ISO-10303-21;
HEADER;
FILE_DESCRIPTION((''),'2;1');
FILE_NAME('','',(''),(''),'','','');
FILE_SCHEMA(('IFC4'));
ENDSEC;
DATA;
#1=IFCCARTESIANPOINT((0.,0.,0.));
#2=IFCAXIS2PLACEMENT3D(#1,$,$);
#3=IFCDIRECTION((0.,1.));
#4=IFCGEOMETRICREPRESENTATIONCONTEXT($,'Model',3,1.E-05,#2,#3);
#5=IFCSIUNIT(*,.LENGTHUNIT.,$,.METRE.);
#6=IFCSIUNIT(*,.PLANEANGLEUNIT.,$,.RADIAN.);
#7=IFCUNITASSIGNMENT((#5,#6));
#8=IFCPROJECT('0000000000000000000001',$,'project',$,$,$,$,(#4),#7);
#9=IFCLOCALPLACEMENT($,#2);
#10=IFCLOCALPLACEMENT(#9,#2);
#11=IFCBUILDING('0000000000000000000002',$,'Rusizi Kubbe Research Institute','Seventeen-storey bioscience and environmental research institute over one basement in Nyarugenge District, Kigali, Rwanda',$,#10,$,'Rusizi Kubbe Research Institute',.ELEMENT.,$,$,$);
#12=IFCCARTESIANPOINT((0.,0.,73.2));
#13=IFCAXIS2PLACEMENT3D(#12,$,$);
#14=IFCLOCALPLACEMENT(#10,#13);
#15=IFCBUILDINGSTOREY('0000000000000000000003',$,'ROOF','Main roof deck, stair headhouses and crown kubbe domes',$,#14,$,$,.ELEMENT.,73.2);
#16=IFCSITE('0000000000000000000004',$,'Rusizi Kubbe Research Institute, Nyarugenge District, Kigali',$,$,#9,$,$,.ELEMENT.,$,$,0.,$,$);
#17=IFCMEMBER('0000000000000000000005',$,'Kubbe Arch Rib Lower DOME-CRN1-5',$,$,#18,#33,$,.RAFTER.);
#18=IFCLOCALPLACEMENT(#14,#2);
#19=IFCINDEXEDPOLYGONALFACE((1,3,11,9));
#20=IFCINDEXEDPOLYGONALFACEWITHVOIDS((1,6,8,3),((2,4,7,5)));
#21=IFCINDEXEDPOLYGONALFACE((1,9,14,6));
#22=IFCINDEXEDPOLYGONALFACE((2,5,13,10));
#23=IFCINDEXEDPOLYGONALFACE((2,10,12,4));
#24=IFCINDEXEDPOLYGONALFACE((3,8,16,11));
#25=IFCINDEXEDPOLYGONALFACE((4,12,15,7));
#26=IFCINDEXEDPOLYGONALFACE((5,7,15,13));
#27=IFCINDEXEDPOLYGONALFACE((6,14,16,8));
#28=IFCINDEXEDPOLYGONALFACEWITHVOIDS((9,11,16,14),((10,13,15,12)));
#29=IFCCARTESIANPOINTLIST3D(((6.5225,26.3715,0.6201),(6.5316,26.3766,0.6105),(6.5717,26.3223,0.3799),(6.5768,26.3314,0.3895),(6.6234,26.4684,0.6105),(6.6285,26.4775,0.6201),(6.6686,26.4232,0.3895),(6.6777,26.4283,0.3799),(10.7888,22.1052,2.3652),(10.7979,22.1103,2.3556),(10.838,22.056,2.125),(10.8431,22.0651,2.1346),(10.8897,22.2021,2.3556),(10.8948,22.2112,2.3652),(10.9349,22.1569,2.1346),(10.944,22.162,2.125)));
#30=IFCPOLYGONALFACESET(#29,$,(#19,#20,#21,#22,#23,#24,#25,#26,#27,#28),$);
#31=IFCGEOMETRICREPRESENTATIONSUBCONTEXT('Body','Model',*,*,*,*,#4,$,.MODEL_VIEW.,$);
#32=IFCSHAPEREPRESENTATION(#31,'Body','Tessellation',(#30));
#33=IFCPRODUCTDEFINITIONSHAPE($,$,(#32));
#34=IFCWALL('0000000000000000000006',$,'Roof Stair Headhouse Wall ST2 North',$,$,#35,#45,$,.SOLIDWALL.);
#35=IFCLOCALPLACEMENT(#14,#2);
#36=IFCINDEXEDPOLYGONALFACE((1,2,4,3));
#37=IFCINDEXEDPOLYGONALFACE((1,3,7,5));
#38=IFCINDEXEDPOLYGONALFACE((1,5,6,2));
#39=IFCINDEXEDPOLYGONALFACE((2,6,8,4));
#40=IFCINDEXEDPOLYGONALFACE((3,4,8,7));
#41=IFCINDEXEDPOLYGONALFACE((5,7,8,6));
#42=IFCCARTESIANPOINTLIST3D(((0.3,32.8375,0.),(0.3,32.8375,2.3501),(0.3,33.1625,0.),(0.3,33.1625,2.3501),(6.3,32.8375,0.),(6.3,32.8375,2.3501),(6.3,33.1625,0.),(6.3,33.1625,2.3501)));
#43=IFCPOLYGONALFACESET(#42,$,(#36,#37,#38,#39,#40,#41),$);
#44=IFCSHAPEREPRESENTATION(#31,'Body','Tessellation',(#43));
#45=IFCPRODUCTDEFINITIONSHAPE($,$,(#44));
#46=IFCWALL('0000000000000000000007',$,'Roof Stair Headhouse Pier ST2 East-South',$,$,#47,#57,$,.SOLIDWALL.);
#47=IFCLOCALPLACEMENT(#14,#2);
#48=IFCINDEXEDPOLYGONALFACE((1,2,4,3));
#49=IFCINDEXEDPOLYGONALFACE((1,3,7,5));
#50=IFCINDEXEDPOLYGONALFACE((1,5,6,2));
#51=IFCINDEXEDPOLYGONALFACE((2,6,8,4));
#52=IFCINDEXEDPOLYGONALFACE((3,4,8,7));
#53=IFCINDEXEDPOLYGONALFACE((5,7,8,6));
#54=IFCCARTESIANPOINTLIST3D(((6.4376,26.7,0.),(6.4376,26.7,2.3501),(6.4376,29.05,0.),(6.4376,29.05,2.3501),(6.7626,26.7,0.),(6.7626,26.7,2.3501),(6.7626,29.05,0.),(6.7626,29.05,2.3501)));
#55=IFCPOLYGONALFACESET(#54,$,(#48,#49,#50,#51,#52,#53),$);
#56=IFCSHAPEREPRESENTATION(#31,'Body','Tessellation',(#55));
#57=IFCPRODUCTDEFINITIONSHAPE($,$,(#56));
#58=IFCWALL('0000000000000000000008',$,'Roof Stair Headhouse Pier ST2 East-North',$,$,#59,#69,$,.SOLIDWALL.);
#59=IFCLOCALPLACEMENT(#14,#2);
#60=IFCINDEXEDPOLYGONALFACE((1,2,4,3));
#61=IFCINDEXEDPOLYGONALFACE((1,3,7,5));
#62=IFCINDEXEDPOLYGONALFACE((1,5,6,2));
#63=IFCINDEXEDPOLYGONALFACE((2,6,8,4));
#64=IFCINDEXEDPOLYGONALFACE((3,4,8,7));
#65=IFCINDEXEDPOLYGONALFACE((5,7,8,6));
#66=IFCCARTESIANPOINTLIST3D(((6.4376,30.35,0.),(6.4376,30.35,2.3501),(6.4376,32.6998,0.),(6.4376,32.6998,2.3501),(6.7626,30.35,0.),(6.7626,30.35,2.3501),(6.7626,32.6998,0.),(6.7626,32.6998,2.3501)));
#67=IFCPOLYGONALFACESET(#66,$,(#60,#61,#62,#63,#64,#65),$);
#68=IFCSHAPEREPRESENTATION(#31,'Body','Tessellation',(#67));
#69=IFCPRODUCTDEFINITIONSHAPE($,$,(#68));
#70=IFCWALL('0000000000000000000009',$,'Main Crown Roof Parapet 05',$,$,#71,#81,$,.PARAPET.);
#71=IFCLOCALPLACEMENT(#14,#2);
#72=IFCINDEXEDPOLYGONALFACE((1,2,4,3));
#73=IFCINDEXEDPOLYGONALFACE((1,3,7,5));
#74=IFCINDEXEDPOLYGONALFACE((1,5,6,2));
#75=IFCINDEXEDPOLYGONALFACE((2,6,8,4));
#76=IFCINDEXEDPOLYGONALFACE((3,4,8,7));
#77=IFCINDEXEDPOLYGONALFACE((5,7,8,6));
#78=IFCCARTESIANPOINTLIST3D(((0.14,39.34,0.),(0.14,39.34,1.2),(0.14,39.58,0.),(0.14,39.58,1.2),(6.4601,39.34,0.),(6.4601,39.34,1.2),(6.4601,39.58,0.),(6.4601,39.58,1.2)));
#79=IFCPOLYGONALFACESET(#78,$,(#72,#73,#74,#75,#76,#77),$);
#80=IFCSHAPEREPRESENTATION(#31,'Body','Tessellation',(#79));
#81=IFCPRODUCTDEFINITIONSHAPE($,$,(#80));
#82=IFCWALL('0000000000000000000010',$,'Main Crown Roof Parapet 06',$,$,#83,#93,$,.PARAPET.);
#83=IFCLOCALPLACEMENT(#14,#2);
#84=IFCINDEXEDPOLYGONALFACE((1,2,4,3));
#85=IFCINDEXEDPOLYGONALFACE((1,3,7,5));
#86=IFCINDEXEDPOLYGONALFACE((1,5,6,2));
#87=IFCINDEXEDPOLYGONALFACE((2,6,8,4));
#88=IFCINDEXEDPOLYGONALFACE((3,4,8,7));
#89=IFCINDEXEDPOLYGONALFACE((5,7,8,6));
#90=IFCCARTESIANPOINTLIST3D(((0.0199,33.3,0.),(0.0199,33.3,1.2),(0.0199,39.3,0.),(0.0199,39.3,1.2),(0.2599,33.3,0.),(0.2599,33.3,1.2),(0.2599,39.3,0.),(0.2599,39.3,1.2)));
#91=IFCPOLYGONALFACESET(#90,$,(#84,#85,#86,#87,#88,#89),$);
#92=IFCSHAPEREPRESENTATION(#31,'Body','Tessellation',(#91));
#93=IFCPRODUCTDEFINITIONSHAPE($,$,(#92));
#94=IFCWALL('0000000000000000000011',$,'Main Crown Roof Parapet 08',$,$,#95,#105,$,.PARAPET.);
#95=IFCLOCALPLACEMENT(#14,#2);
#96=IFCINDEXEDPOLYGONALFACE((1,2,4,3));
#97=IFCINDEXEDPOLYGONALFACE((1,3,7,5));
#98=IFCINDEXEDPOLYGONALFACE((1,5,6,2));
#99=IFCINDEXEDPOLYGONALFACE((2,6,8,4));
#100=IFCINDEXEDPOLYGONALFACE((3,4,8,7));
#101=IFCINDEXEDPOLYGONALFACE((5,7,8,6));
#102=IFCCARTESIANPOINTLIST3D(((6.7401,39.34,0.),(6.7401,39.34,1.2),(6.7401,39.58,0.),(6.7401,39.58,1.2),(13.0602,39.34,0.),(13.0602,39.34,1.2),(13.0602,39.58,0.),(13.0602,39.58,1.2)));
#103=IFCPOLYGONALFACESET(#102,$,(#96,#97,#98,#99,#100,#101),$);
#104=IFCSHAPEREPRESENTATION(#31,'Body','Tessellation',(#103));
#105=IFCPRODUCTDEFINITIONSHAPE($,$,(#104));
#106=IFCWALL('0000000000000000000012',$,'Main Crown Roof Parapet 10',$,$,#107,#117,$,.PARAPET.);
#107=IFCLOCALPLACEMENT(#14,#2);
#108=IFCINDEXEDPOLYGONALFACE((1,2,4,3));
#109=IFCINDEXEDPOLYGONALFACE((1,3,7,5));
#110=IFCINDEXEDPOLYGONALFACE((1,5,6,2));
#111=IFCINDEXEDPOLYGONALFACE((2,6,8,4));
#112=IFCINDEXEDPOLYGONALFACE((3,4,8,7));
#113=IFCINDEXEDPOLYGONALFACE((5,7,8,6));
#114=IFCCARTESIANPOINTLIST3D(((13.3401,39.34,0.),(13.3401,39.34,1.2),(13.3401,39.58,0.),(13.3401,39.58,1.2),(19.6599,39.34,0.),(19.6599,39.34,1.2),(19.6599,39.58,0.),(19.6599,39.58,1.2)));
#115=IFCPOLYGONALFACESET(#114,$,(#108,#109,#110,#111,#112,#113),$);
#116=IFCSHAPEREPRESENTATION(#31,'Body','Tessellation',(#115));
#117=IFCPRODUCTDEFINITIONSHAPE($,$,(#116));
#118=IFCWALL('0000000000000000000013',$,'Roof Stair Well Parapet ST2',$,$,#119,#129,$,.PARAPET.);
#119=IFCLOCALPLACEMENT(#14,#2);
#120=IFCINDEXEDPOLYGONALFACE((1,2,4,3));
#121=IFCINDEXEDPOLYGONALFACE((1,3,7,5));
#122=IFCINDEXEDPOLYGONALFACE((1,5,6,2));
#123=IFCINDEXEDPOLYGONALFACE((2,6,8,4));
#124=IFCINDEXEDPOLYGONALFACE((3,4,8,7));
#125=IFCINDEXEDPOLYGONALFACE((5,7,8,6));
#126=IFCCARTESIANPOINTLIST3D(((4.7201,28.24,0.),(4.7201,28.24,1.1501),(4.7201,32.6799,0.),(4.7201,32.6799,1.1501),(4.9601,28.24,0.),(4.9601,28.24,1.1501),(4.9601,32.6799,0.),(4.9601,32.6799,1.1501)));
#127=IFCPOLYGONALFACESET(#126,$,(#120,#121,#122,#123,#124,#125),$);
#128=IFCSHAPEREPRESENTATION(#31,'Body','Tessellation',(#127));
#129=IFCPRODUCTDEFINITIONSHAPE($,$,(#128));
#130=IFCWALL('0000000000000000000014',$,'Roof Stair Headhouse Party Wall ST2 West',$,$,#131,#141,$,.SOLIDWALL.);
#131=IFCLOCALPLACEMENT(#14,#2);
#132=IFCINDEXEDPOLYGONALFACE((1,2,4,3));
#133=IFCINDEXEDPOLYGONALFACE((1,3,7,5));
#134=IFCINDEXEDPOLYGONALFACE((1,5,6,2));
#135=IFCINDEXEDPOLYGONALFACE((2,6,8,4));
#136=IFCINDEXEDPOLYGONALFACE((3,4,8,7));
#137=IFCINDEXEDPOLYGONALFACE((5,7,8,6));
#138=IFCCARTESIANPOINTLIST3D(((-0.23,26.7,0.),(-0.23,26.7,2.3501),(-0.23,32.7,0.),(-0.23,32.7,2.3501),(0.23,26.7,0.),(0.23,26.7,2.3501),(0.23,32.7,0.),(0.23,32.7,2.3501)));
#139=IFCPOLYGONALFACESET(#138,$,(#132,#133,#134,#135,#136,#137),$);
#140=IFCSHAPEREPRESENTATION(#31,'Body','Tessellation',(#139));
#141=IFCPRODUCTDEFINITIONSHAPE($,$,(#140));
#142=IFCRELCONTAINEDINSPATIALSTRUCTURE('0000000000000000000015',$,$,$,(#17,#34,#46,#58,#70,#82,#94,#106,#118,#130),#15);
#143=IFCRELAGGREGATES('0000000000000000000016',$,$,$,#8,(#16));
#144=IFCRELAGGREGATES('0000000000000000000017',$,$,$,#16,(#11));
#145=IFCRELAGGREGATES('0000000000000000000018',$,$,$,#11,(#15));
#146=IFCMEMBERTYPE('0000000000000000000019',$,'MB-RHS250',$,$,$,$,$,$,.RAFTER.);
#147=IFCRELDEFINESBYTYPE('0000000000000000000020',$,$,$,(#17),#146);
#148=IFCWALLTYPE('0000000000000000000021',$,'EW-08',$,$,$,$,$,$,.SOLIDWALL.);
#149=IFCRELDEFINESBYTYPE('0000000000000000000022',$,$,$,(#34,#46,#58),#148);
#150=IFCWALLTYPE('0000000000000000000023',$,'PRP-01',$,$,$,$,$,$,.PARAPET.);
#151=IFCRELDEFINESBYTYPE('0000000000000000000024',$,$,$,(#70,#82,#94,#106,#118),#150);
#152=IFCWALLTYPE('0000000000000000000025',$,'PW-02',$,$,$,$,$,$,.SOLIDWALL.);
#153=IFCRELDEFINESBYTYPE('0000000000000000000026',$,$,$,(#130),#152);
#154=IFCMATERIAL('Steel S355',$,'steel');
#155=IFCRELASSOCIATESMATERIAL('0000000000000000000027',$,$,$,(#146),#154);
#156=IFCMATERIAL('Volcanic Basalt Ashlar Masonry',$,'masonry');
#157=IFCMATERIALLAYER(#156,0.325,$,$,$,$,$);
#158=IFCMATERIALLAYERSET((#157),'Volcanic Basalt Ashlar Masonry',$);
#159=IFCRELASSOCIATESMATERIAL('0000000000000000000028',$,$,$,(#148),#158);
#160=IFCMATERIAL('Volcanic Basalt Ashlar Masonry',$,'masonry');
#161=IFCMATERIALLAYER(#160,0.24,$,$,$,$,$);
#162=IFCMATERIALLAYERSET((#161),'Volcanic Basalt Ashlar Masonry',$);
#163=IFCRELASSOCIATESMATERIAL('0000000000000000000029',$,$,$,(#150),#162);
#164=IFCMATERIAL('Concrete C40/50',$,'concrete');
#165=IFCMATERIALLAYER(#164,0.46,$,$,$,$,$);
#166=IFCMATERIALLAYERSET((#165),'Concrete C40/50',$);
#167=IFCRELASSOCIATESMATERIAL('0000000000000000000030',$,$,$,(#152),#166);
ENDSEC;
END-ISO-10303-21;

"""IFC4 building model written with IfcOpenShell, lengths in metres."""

from ifc_helpers import new_model, si_unit, direction, frame, frame_2d, origin, origin_2d, place, context, subcontext, project, spatial, rectangle, hollow_rectangle, extrude, material, layer, layer_set, material_profile, profile_set, type_object, element, save


model = new_model("IFC4")

# Units and contexts
model_context = context("Model", 3, precision=1e-05, world=origin(), true_north=direction((0.0, 1.0)))
body_context = subcontext(model_context, "Body", "Model", "MODEL_VIEW")
ifc_project = project(units=[si_unit("LENGTHUNIT", "METRE"), si_unit("PLANEANGLEUNIT", "RADIAN")], contexts=[model_context])

# Site, building, storey
site_placement = place(None, origin())
site = spatial("IfcSite", under=ifc_project, at=site_placement, Name="Rusizi Kubbe Research Institute, Nyarugenge District, Kigali", CompositionType="ELEMENT", RefElevation=0.0)
building_placement = place(site_placement, origin())
building = spatial("IfcBuilding", under=site, at=building_placement, Name="Rusizi Kubbe Research Institute", Description="Seventeen-storey bioscience and environmental research institute over one basement in Nyarugenge District, Kigali, Rwanda", LongName="Rusizi Kubbe Research Institute", CompositionType="ELEMENT")
storey_placement = place(building_placement, frame((0.0, 0.0, 73.2)))
storey = spatial("IfcBuildingStorey", under=building, at=storey_placement, Name="ROOF", Description="Main roof deck, stair headhouses and crown kubbe domes", CompositionType="ELEMENT", Elevation=73.2)

# Member
ifc_material_1 = material(Name="Steel S355", Category="steel")
ifc_material_profile_1 = material_profile(ifc_material_1, hollow_rectangle(XDim=0.1499, YDim=0.25, WallThickness=0.01, at=origin_2d()), Name="RHS 250x150x10.0")
ifc_profile_set_1 = profile_set([ifc_material_profile_1], Name="Steel S355")
member_type = type_object("IfcMemberType", Name="MB-RHS250", PredefinedType="RAFTER", material=ifc_profile_set_1)
member_1_placement = place(storey_placement, frame((6.6001, 26.3999, 0.5), z_axis=(0.679265, -0.679265, 0.277847), x_axis=(0.707107, 0.707107, 0.0)))
element("IfcMember", 1, at=member_1_placement, inside=storey, type_object=member_type, Name="Kubbe Arch Rib Lower DOME-CRN1-5", PredefinedType="RAFTER", context=body_context, shape_type="SweptSolid", body=[
    extrude(hollow_rectangle(XDim=0.1499, YDim=0.25, WallThickness=0.01, at=origin_2d()), origin(), (0.0, 0.0, 1.0), 6.2808),
])

# Walls
ifc_material_2 = material(Name="Volcanic Basalt Ashlar Masonry", Category="masonry")
ifc_layer_1 = layer(ifc_material_2, 0.325)
ifc_layer_set_1 = layer_set([ifc_layer_1], Name="Volcanic Basalt Ashlar Masonry")
wall_type_1 = type_object("IfcWallType", Name="EW-08", PredefinedType="SOLIDWALL", material=ifc_layer_set_1)
wall_1_placement = place(storey_placement, frame((0.3, 33.0, 0.0), z_axis=(0.0, 0.0, 1.0), x_axis=(1.0, 0.0, 0.0)))
element("IfcWall", 2, at=wall_1_placement, inside=storey, type_object=wall_type_1, Name="Roof Stair Headhouse Wall ST2 North", PredefinedType="SOLIDWALL", context=body_context, shape_type="SweptSolid", body=[
    extrude(rectangle(XDim=6.0, YDim=0.325, at=frame_2d((3.0, 0.0))), origin(), (0.0, 0.0, 1.0), 2.3501),
])
wall_2_placement = place(storey_placement, frame((6.6001, 26.7, 0.0), z_axis=(0.0, 0.0, 1.0), x_axis=(0.0, 1.0, 0.0)))
element("IfcWall", 3, at=wall_2_placement, inside=storey, type_object=wall_type_1, Name="Roof Stair Headhouse Pier ST2 East-South", PredefinedType="SOLIDWALL", context=body_context, shape_type="SweptSolid", body=[
    extrude(rectangle(XDim=2.3501, YDim=0.325, at=frame_2d((1.175, 0.0))), origin(), (0.0, 0.0, 1.0), 2.3501),
])
wall_3_placement = place(storey_placement, frame((6.6001, 30.3501, 0.0), z_axis=(0.0, 0.0, 1.0), x_axis=(0.0, 1.0, 0.0)))
element("IfcWall", 4, at=wall_3_placement, inside=storey, type_object=wall_type_1, Name="Roof Stair Headhouse Pier ST2 East-North", PredefinedType="SOLIDWALL", context=body_context, shape_type="SweptSolid", body=[
    extrude(rectangle(XDim=2.3499, YDim=0.325, at=frame_2d((1.1748, 0.0))), origin(), (0.0, 0.0, 1.0), 2.3501),
])
ifc_material_3 = material(Name="Volcanic Basalt Ashlar Masonry", Category="masonry")
ifc_layer_2 = layer(ifc_material_3, 0.24)
ifc_layer_set_2 = layer_set([ifc_layer_2], Name="Volcanic Basalt Ashlar Masonry")
wall_type_2 = type_object("IfcWallType", Name="PRP-01", PredefinedType="PARAPET", material=ifc_layer_set_2)
wall_4_placement = place(storey_placement, frame((0.1399, 39.46, 0.0), z_axis=(0.0, 0.0, 1.0), x_axis=(1.0, 0.0, 0.0)))
element("IfcWall", 5, at=wall_4_placement, inside=storey, type_object=wall_type_2, Name="Main Crown Roof Parapet 05", PredefinedType="PARAPET", context=body_context, shape_type="SweptSolid", body=[
    extrude(rectangle(XDim=6.3201, YDim=0.24, at=frame_2d((3.1602, 0.0))), origin(), (0.0, 0.0, 1.0), 1.2),
])
wall_5_placement = place(storey_placement, frame((0.1399, 33.3, 0.0), z_axis=(0.0, 0.0, 1.0), x_axis=(0.0, 1.0, 0.0)))
element("IfcWall", 6, at=wall_5_placement, inside=storey, type_object=wall_type_2, Name="Main Crown Roof Parapet 06", PredefinedType="PARAPET", context=body_context, shape_type="SweptSolid", body=[
    extrude(rectangle(XDim=6.0, YDim=0.24, at=frame_2d((3.0, 0.0))), origin(), (0.0, 0.0, 1.0), 1.2),
])
wall_6_placement = place(storey_placement, frame((6.74, 39.46, 0.0), z_axis=(0.0, 0.0, 1.0), x_axis=(1.0, 0.0, 0.0)))
element("IfcWall", 7, at=wall_6_placement, inside=storey, type_object=wall_type_2, Name="Main Crown Roof Parapet 08", PredefinedType="PARAPET", context=body_context, shape_type="SweptSolid", body=[
    extrude(rectangle(XDim=6.3201, YDim=0.24, at=frame_2d((3.1602, 0.0))), origin(), (0.0, 0.0, 1.0), 1.2),
])
wall_7_placement = place(storey_placement, frame((13.3401, 39.46, 0.0), z_axis=(0.0, 0.0, 1.0), x_axis=(1.0, 0.0, 0.0)))
element("IfcWall", 8, at=wall_7_placement, inside=storey, type_object=wall_type_2, Name="Main Crown Roof Parapet 10", PredefinedType="PARAPET", context=body_context, shape_type="SweptSolid", body=[
    extrude(rectangle(XDim=6.3198, YDim=0.24, at=frame_2d((3.1599, 0.0))), origin(), (0.0, 0.0, 1.0), 1.2),
])
wall_8_placement = place(storey_placement, frame((4.8401, 32.6799, 0.0), z_axis=(0.0, 0.0, 1.0), x_axis=(0.0, -1.0, 0.0)))
element("IfcWall", 9, at=wall_8_placement, inside=storey, type_object=wall_type_2, Name="Roof Stair Well Parapet ST2", PredefinedType="PARAPET", context=body_context, shape_type="SweptSolid", body=[
    extrude(rectangle(XDim=4.4399, YDim=0.24, at=frame_2d((2.22, 0.0))), origin(), (0.0, 0.0, 1.0), 1.1501),
])
ifc_material_4 = material(Name="Concrete C40/50", Category="concrete")
ifc_layer_3 = layer(ifc_material_4, 0.46)
ifc_layer_set_3 = layer_set([ifc_layer_3], Name="Concrete C40/50")
wall_type_3 = type_object("IfcWallType", Name="PW-02", PredefinedType="SOLIDWALL", material=ifc_layer_set_3)
wall_9_placement = place(storey_placement, frame((0.0, 26.7, 0.0), z_axis=(0.0, 0.0, 1.0), x_axis=(0.0, 1.0, 0.0)))
element("IfcWall", 10, at=wall_9_placement, inside=storey, type_object=wall_type_3, Name="Roof Stair Headhouse Party Wall ST2 West", PredefinedType="SOLIDWALL", context=body_context, shape_type="SweptSolid", body=[
    extrude(rectangle(XDim=6.0, YDim=0.46, at=frame_2d((3.0, 0.0))), origin(), (0.0, 0.0, 1.0), 2.3501),
])

save(model, "model.ifc")
